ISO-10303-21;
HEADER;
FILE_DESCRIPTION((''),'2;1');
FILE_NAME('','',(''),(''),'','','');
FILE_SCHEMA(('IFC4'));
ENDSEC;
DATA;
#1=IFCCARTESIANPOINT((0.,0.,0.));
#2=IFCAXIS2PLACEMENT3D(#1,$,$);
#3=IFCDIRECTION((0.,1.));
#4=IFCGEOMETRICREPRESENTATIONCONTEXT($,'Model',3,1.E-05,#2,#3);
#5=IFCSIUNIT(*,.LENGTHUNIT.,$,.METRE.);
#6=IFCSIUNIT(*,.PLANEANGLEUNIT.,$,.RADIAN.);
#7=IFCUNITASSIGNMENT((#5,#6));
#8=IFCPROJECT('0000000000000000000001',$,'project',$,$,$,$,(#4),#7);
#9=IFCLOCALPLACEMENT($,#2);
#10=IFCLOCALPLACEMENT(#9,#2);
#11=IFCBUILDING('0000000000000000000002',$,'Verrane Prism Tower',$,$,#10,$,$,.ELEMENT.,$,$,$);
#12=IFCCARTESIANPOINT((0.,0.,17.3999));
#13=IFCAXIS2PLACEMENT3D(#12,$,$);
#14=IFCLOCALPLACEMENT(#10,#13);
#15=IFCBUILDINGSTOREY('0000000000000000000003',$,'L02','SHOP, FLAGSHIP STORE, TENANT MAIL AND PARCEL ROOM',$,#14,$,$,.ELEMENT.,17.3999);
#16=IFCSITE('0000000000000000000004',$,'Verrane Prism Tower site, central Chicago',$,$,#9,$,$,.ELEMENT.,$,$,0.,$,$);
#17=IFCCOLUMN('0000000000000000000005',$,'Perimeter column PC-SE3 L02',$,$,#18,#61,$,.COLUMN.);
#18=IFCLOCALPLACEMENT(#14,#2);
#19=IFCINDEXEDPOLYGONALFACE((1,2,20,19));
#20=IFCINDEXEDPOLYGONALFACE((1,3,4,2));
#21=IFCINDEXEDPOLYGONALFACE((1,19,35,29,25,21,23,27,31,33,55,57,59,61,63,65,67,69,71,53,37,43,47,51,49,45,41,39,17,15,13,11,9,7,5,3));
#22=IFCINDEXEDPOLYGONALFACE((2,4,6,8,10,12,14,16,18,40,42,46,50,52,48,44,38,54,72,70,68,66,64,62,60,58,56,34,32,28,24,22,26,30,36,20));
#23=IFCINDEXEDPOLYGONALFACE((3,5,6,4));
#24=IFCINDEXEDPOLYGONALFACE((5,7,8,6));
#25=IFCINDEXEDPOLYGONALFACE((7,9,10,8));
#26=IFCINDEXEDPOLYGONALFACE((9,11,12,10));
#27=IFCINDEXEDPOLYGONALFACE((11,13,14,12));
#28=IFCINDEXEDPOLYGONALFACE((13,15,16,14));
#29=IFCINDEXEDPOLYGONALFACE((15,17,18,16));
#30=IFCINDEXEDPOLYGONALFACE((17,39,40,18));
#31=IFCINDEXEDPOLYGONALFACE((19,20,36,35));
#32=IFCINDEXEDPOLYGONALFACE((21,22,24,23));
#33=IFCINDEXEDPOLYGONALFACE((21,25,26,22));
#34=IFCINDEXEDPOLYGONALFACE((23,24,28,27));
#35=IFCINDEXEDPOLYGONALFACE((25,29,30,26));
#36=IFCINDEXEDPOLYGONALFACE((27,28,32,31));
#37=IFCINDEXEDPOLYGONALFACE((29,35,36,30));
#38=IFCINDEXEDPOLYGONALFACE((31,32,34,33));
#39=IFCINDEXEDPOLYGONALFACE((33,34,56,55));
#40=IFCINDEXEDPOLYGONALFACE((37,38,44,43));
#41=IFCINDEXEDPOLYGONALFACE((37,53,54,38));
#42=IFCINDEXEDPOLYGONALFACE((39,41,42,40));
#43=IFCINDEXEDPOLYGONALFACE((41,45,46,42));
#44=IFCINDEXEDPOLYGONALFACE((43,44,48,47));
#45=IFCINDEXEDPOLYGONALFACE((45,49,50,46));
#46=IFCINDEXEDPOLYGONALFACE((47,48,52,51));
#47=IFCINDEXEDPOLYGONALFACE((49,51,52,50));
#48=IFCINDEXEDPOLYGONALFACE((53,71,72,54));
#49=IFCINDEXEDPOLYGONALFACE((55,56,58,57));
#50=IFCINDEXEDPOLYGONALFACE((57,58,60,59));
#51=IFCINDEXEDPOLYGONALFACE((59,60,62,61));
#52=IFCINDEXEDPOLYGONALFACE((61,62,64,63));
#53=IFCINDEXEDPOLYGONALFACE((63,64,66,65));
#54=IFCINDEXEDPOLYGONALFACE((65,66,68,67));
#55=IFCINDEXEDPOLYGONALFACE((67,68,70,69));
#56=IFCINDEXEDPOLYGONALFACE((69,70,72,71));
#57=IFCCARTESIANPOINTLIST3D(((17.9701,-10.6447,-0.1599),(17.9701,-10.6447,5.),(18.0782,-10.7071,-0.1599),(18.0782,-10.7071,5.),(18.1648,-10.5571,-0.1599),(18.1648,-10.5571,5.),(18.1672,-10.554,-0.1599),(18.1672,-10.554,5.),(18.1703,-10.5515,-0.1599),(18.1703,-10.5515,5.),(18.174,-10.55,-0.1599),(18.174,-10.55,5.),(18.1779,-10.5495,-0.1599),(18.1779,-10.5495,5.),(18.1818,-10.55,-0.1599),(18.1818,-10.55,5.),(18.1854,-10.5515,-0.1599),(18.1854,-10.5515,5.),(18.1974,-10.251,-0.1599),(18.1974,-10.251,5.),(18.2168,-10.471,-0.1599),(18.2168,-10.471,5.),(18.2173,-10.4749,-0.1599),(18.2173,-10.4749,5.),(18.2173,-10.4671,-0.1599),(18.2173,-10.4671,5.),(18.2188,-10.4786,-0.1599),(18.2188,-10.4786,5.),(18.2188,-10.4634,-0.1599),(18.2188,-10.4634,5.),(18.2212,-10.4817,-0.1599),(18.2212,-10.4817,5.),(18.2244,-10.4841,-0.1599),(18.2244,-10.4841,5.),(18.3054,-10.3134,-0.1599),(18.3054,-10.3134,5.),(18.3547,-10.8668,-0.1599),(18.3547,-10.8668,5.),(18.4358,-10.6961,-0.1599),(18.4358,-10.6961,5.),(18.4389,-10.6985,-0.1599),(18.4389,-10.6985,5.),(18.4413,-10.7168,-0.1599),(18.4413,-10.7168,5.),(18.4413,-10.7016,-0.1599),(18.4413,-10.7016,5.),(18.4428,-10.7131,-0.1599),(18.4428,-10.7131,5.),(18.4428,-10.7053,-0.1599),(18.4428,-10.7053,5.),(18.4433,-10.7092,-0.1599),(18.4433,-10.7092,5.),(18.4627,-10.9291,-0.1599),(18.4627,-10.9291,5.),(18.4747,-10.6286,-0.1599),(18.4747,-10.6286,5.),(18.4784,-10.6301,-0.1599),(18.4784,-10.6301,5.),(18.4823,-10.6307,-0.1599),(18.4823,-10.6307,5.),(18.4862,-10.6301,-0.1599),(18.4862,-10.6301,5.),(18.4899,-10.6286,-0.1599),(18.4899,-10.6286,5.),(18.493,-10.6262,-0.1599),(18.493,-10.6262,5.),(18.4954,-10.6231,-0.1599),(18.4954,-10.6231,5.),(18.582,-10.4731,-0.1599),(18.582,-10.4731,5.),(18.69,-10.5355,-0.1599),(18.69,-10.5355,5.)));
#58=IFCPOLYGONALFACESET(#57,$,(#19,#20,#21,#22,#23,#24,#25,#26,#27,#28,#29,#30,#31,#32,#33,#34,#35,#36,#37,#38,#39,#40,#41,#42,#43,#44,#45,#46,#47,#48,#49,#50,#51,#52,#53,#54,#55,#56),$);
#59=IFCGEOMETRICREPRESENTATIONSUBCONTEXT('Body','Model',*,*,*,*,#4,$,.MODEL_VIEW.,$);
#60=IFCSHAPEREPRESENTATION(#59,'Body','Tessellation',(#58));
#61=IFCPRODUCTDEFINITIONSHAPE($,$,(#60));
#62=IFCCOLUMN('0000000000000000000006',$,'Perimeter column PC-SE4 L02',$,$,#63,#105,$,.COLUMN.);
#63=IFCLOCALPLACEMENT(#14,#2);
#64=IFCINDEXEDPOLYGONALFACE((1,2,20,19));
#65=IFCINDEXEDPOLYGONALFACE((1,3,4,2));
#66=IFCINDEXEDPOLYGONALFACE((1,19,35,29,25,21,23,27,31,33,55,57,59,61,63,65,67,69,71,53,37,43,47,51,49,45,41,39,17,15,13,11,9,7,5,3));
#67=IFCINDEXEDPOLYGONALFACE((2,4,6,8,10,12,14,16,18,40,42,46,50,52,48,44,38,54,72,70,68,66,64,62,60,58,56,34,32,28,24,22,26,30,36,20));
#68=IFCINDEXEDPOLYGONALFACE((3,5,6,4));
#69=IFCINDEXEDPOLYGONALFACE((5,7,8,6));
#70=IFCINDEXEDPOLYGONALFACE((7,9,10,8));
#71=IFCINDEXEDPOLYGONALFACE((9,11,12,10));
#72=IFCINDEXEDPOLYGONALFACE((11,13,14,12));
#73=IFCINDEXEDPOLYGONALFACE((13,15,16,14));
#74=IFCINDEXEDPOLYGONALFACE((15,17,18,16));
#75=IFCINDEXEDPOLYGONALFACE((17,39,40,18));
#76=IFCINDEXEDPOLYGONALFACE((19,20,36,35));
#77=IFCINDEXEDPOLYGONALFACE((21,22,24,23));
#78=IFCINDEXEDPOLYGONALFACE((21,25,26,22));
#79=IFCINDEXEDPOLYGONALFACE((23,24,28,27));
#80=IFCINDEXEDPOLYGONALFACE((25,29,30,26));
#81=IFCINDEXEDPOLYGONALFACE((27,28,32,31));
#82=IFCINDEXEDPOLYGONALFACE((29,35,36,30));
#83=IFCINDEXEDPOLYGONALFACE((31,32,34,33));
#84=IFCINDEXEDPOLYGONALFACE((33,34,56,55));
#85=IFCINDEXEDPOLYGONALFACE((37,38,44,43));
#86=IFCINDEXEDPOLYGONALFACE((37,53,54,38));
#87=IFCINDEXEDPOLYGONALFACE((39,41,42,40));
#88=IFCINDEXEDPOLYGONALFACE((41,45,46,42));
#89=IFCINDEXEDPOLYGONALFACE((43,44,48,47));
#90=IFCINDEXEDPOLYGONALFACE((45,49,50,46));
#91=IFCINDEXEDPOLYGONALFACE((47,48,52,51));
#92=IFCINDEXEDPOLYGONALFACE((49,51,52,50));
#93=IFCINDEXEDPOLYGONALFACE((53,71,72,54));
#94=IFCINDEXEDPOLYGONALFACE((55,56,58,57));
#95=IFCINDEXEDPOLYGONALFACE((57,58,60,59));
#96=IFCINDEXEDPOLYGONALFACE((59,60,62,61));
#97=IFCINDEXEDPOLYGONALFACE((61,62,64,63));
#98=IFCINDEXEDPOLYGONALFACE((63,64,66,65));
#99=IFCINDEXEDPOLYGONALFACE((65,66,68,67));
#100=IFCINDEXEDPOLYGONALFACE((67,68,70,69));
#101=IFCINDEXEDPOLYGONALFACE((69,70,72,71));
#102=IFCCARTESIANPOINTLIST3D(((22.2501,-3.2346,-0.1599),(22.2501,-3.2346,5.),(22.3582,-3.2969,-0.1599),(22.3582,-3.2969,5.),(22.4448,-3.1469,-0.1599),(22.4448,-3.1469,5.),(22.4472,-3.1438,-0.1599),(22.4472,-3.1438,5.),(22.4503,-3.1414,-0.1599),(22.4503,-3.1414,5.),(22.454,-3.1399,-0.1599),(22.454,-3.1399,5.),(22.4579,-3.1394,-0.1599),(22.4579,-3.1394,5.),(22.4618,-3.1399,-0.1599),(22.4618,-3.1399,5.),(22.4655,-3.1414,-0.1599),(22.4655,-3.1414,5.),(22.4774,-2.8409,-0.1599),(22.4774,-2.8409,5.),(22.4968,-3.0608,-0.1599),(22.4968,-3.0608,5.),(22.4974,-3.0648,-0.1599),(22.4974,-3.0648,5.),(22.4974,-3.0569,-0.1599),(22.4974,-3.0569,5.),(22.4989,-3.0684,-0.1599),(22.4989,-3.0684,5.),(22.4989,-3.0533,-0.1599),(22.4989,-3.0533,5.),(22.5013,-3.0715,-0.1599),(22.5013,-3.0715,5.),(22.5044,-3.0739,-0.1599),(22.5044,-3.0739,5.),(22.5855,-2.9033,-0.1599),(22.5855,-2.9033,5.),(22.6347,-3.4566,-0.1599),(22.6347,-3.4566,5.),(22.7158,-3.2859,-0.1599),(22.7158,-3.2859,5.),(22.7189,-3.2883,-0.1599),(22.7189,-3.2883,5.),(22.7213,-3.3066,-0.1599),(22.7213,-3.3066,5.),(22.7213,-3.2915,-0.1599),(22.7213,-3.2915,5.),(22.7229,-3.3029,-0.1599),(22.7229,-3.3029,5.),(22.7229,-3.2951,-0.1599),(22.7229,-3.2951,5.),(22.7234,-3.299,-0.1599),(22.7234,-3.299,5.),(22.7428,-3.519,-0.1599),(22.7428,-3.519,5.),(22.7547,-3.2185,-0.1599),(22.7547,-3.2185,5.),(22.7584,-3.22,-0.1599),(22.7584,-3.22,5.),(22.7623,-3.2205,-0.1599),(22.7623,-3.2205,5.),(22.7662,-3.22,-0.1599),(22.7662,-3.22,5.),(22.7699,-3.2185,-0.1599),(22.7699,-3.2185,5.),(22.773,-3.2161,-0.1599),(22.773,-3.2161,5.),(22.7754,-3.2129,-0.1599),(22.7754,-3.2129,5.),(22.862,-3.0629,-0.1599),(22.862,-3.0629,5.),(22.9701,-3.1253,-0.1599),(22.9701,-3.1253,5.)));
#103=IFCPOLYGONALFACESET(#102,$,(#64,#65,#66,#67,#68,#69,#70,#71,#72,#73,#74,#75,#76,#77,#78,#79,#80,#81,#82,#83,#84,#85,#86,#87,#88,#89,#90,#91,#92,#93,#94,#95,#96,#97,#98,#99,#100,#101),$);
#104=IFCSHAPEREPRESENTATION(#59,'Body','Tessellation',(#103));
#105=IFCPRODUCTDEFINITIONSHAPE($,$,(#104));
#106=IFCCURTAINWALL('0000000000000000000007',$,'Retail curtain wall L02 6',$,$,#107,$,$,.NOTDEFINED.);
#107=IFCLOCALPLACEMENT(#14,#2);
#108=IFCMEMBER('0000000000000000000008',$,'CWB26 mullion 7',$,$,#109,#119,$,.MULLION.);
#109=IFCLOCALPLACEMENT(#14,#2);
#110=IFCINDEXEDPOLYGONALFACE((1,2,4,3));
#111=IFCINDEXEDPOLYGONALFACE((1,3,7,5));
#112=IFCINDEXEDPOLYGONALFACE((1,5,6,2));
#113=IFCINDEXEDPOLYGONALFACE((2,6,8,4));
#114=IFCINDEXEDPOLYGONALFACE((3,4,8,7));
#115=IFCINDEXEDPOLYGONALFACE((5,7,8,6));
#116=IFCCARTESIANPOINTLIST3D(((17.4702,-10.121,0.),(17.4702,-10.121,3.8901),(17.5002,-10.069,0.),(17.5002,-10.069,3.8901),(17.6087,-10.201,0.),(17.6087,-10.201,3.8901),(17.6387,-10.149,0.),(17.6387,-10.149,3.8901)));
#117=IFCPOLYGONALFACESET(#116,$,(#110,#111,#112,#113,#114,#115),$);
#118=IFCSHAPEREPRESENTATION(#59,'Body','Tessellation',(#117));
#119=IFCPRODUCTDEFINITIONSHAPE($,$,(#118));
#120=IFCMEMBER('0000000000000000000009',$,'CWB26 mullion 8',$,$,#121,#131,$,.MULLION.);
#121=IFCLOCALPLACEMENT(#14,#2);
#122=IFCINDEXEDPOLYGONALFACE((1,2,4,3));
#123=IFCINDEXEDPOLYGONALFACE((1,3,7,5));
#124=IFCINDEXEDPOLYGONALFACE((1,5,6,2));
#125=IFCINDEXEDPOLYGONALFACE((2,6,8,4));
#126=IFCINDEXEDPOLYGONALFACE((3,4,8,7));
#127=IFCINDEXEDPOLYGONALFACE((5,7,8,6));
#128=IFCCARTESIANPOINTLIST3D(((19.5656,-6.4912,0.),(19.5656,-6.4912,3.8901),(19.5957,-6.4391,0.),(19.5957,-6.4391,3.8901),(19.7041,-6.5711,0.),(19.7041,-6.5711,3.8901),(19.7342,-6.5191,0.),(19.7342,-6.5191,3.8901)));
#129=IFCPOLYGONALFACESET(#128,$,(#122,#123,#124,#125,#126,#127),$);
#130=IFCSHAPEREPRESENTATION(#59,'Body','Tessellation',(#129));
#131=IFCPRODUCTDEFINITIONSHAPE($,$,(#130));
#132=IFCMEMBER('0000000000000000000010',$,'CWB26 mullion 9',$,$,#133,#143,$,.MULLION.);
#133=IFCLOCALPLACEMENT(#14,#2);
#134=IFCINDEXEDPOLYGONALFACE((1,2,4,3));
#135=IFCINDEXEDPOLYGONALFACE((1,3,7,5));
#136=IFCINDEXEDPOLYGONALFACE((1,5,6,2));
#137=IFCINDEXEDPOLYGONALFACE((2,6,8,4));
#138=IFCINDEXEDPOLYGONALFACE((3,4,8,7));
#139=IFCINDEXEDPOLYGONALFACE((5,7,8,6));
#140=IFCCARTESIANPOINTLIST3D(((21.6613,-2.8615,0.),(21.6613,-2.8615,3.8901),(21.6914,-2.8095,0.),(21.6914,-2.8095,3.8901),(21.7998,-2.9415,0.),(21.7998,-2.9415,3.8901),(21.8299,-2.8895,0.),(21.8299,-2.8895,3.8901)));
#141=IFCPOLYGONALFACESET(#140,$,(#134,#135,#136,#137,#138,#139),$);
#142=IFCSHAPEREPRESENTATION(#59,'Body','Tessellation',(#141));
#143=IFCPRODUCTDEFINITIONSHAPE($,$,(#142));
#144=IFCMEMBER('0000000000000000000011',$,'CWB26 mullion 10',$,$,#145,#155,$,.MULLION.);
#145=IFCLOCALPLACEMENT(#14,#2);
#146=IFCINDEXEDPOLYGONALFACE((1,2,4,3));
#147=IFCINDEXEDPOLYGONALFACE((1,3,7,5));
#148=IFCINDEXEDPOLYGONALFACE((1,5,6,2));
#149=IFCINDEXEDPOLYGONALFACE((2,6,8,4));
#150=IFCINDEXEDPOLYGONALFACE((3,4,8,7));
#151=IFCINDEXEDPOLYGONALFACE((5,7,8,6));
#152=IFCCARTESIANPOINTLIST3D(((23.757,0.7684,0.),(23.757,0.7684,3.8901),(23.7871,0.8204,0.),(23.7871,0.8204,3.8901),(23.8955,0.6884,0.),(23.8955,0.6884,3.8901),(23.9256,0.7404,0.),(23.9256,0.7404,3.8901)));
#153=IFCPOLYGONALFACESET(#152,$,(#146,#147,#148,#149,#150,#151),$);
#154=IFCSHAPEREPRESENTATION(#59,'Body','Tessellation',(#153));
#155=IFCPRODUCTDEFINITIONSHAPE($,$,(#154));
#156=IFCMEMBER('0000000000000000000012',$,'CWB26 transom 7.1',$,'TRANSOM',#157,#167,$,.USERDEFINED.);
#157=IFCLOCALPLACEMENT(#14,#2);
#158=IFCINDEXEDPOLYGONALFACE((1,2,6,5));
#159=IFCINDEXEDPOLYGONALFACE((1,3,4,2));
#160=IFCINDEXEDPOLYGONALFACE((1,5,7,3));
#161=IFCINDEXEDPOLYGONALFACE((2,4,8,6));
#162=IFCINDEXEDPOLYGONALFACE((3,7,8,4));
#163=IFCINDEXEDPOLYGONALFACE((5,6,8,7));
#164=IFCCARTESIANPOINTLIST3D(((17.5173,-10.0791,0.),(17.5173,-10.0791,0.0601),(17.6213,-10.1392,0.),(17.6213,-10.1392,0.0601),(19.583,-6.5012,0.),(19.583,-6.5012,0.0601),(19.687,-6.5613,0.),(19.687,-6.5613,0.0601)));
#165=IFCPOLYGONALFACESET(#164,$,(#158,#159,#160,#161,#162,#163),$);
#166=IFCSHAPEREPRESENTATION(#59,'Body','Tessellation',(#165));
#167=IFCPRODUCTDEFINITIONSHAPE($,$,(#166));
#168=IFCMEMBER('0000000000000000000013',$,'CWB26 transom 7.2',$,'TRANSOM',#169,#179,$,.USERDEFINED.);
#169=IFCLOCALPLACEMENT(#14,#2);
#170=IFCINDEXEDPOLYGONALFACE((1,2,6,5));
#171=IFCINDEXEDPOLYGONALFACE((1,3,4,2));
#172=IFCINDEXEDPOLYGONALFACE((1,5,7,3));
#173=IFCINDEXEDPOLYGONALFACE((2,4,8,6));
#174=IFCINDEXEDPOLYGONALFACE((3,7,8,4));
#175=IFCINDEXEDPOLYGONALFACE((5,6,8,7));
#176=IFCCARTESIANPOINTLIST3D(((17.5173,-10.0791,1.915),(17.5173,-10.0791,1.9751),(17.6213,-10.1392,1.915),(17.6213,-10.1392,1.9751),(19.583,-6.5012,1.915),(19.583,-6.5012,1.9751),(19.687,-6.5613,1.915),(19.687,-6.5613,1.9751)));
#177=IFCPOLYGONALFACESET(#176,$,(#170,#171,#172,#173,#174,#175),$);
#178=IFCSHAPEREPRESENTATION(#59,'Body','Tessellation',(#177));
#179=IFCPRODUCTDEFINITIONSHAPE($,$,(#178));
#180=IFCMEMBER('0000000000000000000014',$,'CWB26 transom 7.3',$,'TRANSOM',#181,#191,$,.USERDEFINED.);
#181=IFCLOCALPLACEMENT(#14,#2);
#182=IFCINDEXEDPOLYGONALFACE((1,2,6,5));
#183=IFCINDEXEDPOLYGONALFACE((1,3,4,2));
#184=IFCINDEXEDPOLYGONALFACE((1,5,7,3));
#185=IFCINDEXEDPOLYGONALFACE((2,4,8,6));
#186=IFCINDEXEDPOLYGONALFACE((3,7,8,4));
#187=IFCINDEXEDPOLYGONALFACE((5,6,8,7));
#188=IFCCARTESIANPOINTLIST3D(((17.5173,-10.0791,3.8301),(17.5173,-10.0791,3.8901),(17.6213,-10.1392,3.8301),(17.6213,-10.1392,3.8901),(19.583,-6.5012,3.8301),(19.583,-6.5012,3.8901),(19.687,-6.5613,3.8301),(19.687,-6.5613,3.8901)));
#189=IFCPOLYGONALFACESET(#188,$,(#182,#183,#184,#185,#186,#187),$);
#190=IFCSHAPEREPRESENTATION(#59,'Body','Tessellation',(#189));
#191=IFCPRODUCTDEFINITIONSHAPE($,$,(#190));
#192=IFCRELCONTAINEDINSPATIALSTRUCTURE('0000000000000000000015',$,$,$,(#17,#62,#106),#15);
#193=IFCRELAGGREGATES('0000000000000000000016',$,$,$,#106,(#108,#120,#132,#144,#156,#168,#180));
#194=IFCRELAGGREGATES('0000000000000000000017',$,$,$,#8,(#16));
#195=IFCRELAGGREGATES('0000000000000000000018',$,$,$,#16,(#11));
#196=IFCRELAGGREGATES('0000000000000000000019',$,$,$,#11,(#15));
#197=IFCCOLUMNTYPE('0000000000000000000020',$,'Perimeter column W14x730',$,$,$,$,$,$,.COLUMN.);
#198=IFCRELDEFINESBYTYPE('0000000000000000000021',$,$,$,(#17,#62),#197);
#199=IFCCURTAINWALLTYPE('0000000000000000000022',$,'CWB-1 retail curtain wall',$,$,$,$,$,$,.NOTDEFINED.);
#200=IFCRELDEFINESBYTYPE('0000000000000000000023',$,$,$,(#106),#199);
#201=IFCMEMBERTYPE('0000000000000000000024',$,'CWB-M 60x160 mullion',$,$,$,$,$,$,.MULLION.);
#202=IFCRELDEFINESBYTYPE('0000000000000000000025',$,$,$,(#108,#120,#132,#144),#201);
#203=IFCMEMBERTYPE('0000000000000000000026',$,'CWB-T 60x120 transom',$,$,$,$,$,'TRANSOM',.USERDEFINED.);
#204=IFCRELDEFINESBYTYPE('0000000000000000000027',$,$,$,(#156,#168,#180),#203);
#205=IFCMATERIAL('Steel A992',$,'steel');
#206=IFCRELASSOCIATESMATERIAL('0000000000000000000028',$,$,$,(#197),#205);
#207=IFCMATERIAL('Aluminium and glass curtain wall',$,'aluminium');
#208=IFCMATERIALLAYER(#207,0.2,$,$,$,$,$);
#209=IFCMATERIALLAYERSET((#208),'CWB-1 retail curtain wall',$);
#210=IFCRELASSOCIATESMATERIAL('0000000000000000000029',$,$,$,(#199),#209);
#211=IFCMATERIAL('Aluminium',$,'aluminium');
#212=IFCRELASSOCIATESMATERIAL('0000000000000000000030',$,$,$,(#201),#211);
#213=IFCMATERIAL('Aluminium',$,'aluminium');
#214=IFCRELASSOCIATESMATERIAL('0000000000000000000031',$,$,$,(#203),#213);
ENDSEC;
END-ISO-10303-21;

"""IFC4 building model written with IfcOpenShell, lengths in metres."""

from ifc_helpers import new_model, si_unit, direction, frame, origin, origin_2d, place, context, subcontext, project, spatial, rectangle, i_section, extrude, material, layer, layer_set, material_profile, profile_set, type_object, element, aggregate, save


model = new_model("IFC4")

# Units and contexts
model_context = context("Model", 3, precision=1e-05, world=origin(), true_north=direction((0.0, 1.0)))
body_context = subcontext(model_context, "Body", "Model", "MODEL_VIEW")
ifc_project = project(units=[si_unit("LENGTHUNIT", "METRE"), si_unit("PLANEANGLEUNIT", "RADIAN")], contexts=[model_context])

# Site, building, storey
site_placement = place(None, origin())
site = spatial("IfcSite", under=ifc_project, at=site_placement, Name="Verrane Prism Tower site, central Chicago", CompositionType="ELEMENT", RefElevation=0.0)
building_placement = place(site_placement, origin())
building = spatial("IfcBuilding", under=site, at=building_placement, Name="Verrane Prism Tower", CompositionType="ELEMENT")
storey_placement = place(building_placement, frame((0.0, 0.0, 17.3999)))
storey = spatial("IfcBuildingStorey", under=building, at=storey_placement, Name="L02", Description="SHOP, FLAGSHIP STORE, TENANT MAIL AND PARCEL ROOM", CompositionType="ELEMENT", Elevation=17.3999)

# Columns
ifc_material_1 = material(Name="Steel A992", Category="steel")
ifc_material_profile_1 = material_profile(ifc_material_1, i_section(OverallWidth=0.4546, OverallDepth=0.5688, WebThickness=0.0779, FlangeThickness=0.1248, FilletRadius=0.0151, at=origin_2d()), Name="W14x730")
ifc_profile_set_1 = profile_set([ifc_material_profile_1], Name="Steel A992")
column_type = type_object("IfcColumnType", Name="Perimeter column W14x730", PredefinedType="COLUMN", material=ifc_profile_set_1)
for number, where, z_axis, x_axis, name in (
    (1, (18.3301, -10.5901, -0.1599), (0.0, 0.0, 1.0), (-0.5, -0.866025, 0.0), "Perimeter column PC-SE3 L02"),
    (2, (22.6101, -3.1799, -0.1599), (0.0, 0.0, 1.0), (-0.5, -0.866025, 0.0), "Perimeter column PC-SE4 L02"),
):
    element("IfcColumn", number, at=place(storey_placement, frame(where, z_axis=z_axis, x_axis=x_axis)), inside=storey, type_object=column_type, Name=name, PredefinedType="COLUMN", context=body_context, shape_type="SweptSolid", body=[
        extrude(i_section(OverallWidth=0.4546, OverallDepth=0.5688, WebThickness=0.0779, FlangeThickness=0.1248, FilletRadius=0.0151, at=origin_2d()), origin(), (0.0, 0.0, 1.0), 5.1599),
    ])

# Curtain wall, members
ifc_material_2 = material(Name="Aluminium and glass curtain wall", Category="aluminium")
ifc_layer_1 = layer(ifc_material_2, 0.2)
ifc_layer_set_1 = layer_set([ifc_layer_1], Name="CWB-1 retail curtain wall")
curtain_wall_type = type_object("IfcCurtainWallType", Name="CWB-1 retail curtain wall", PredefinedType="NOTDEFINED", material=ifc_layer_set_1)
curtain_wall_placement = place(storey_placement, origin())
curtain_wall = element("IfcCurtainWall", 3, at=curtain_wall_placement, inside=storey, type_object=curtain_wall_type, Name="Retail curtain wall L02 6", PredefinedType="NOTDEFINED")
ifc_material_3 = material(Name="Aluminium", Category="aluminium")
ifc_material_profile_2 = material_profile(ifc_material_3, rectangle(XDim=0.1599, YDim=0.0601, at=origin_2d()), Name="CWB-M 60x160 mullion")
ifc_profile_set_2 = profile_set([ifc_material_profile_2], Name="Aluminium")
member_type_1 = type_object("IfcMemberType", Name="CWB-M 60x160 mullion", PredefinedType="MULLION", material=ifc_profile_set_2)
member_1_placement = place(storey_placement, frame((17.5544, -10.135, 0.0), z_axis=(0.0, 0.0, 1.0), x_axis=(-0.866025, 0.5, 0.0)))
member_1 = element("IfcMember", 4, at=member_1_placement, type_object=member_type_1, Name="CWB26 mullion 7", PredefinedType="MULLION", context=body_context, shape_type="SweptSolid", body=[
    extrude(rectangle(XDim=0.1599, YDim=0.0601, at=origin_2d()), origin(), (0.0, 0.0, 1.0), 3.8901),
])
member_2_placement = place(storey_placement, frame((19.6499, -6.5051, 0.0), z_axis=(0.0, 0.0, 1.0), x_axis=(-0.866025, 0.5, 0.0)))
member_2 = element("IfcMember", 5, at=member_2_placement, type_object=member_type_1, Name="CWB26 mullion 8", PredefinedType="MULLION", context=body_context, shape_type="SweptSolid", body=[
    extrude(rectangle(XDim=0.1599, YDim=0.0601, at=origin_2d()), origin(), (0.0, 0.0, 1.0), 3.8901),
])
member_3_placement = place(storey_placement, frame((21.7456, -2.8755, 0.0), z_axis=(0.0, 0.0, 1.0), x_axis=(-0.866025, 0.5, 0.0)))
member_3 = element("IfcMember", 6, at=member_3_placement, type_object=member_type_1, Name="CWB26 mullion 9", PredefinedType="MULLION", context=body_context, shape_type="SweptSolid", body=[
    extrude(rectangle(XDim=0.1599, YDim=0.0601, at=origin_2d()), origin(), (0.0, 0.0, 1.0), 3.8901),
])
member_4_placement = place(storey_placement, frame((23.8413, 0.7544, 0.0), z_axis=(0.0, 0.0, 1.0), x_axis=(-0.866025, 0.5, 0.0)))
member_4 = element("IfcMember", 7, at=member_4_placement, type_object=member_type_1, Name="CWB26 mullion 10", PredefinedType="MULLION", context=body_context, shape_type="SweptSolid", body=[
    extrude(rectangle(XDim=0.1599, YDim=0.0601, at=origin_2d()), origin(), (0.0, 0.0, 1.0), 3.8901),
])
ifc_material_4 = material(Name="Aluminium", Category="aluminium")
ifc_material_profile_3 = material_profile(ifc_material_4, rectangle(XDim=0.1201, YDim=0.0601, at=origin_2d()), Name="CWB-T 60x120 transom")
ifc_profile_set_3 = profile_set([ifc_material_profile_3], Name="Aluminium")
member_type_2 = type_object("IfcMemberType", Name="CWB-T 60x120 transom", ElementType="TRANSOM", PredefinedType="USERDEFINED", material=ifc_profile_set_3)
member_5_placement = place(storey_placement, frame((17.5693, -10.1091, 0.03), z_axis=(0.499997, 0.866027, 0.0), x_axis=(-0.866027, 0.499997, 0.0)))
member_5 = element("IfcMember", 8, at=member_5_placement, type_object=member_type_2, Name="CWB26 transom 7.1", ObjectType="TRANSOM", PredefinedType="USERDEFINED", context=body_context, shape_type="SweptSolid", body=[
    extrude(rectangle(XDim=0.1201, YDim=0.0601, at=origin_2d()), origin(), (0.0, 0.0, 1.0), 4.1313),
])
member_6_placement = place(storey_placement, frame((17.5693, -10.1091, 1.9451), z_axis=(0.499997, 0.866027, 0.0), x_axis=(-0.866027, 0.499997, 0.0)))
member_6 = element("IfcMember", 9, at=member_6_placement, type_object=member_type_2, Name="CWB26 transom 7.2", ObjectType="TRANSOM", PredefinedType="USERDEFINED", context=body_context, shape_type="SweptSolid", body=[
    extrude(rectangle(XDim=0.1201, YDim=0.0601, at=origin_2d()), origin(), (0.0, 0.0, 1.0), 4.1313),
])
member_7_placement = place(storey_placement, frame((17.5693, -10.1091, 3.8601), z_axis=(0.499997, 0.866027, 0.0), x_axis=(-0.866027, 0.499997, 0.0)))
member_7 = element("IfcMember", 10, at=member_7_placement, type_object=member_type_2, Name="CWB26 transom 7.3", ObjectType="TRANSOM", PredefinedType="USERDEFINED", context=body_context, shape_type="SweptSolid", body=[
    extrude(rectangle(XDim=0.1201, YDim=0.0601, at=origin_2d()), origin(), (0.0, 0.0, 1.0), 4.1313),
])

aggregate(curtain_wall, [member_1, member_2, member_3, member_4, member_5, member_6, member_7])

save(model, "model.ifc")
